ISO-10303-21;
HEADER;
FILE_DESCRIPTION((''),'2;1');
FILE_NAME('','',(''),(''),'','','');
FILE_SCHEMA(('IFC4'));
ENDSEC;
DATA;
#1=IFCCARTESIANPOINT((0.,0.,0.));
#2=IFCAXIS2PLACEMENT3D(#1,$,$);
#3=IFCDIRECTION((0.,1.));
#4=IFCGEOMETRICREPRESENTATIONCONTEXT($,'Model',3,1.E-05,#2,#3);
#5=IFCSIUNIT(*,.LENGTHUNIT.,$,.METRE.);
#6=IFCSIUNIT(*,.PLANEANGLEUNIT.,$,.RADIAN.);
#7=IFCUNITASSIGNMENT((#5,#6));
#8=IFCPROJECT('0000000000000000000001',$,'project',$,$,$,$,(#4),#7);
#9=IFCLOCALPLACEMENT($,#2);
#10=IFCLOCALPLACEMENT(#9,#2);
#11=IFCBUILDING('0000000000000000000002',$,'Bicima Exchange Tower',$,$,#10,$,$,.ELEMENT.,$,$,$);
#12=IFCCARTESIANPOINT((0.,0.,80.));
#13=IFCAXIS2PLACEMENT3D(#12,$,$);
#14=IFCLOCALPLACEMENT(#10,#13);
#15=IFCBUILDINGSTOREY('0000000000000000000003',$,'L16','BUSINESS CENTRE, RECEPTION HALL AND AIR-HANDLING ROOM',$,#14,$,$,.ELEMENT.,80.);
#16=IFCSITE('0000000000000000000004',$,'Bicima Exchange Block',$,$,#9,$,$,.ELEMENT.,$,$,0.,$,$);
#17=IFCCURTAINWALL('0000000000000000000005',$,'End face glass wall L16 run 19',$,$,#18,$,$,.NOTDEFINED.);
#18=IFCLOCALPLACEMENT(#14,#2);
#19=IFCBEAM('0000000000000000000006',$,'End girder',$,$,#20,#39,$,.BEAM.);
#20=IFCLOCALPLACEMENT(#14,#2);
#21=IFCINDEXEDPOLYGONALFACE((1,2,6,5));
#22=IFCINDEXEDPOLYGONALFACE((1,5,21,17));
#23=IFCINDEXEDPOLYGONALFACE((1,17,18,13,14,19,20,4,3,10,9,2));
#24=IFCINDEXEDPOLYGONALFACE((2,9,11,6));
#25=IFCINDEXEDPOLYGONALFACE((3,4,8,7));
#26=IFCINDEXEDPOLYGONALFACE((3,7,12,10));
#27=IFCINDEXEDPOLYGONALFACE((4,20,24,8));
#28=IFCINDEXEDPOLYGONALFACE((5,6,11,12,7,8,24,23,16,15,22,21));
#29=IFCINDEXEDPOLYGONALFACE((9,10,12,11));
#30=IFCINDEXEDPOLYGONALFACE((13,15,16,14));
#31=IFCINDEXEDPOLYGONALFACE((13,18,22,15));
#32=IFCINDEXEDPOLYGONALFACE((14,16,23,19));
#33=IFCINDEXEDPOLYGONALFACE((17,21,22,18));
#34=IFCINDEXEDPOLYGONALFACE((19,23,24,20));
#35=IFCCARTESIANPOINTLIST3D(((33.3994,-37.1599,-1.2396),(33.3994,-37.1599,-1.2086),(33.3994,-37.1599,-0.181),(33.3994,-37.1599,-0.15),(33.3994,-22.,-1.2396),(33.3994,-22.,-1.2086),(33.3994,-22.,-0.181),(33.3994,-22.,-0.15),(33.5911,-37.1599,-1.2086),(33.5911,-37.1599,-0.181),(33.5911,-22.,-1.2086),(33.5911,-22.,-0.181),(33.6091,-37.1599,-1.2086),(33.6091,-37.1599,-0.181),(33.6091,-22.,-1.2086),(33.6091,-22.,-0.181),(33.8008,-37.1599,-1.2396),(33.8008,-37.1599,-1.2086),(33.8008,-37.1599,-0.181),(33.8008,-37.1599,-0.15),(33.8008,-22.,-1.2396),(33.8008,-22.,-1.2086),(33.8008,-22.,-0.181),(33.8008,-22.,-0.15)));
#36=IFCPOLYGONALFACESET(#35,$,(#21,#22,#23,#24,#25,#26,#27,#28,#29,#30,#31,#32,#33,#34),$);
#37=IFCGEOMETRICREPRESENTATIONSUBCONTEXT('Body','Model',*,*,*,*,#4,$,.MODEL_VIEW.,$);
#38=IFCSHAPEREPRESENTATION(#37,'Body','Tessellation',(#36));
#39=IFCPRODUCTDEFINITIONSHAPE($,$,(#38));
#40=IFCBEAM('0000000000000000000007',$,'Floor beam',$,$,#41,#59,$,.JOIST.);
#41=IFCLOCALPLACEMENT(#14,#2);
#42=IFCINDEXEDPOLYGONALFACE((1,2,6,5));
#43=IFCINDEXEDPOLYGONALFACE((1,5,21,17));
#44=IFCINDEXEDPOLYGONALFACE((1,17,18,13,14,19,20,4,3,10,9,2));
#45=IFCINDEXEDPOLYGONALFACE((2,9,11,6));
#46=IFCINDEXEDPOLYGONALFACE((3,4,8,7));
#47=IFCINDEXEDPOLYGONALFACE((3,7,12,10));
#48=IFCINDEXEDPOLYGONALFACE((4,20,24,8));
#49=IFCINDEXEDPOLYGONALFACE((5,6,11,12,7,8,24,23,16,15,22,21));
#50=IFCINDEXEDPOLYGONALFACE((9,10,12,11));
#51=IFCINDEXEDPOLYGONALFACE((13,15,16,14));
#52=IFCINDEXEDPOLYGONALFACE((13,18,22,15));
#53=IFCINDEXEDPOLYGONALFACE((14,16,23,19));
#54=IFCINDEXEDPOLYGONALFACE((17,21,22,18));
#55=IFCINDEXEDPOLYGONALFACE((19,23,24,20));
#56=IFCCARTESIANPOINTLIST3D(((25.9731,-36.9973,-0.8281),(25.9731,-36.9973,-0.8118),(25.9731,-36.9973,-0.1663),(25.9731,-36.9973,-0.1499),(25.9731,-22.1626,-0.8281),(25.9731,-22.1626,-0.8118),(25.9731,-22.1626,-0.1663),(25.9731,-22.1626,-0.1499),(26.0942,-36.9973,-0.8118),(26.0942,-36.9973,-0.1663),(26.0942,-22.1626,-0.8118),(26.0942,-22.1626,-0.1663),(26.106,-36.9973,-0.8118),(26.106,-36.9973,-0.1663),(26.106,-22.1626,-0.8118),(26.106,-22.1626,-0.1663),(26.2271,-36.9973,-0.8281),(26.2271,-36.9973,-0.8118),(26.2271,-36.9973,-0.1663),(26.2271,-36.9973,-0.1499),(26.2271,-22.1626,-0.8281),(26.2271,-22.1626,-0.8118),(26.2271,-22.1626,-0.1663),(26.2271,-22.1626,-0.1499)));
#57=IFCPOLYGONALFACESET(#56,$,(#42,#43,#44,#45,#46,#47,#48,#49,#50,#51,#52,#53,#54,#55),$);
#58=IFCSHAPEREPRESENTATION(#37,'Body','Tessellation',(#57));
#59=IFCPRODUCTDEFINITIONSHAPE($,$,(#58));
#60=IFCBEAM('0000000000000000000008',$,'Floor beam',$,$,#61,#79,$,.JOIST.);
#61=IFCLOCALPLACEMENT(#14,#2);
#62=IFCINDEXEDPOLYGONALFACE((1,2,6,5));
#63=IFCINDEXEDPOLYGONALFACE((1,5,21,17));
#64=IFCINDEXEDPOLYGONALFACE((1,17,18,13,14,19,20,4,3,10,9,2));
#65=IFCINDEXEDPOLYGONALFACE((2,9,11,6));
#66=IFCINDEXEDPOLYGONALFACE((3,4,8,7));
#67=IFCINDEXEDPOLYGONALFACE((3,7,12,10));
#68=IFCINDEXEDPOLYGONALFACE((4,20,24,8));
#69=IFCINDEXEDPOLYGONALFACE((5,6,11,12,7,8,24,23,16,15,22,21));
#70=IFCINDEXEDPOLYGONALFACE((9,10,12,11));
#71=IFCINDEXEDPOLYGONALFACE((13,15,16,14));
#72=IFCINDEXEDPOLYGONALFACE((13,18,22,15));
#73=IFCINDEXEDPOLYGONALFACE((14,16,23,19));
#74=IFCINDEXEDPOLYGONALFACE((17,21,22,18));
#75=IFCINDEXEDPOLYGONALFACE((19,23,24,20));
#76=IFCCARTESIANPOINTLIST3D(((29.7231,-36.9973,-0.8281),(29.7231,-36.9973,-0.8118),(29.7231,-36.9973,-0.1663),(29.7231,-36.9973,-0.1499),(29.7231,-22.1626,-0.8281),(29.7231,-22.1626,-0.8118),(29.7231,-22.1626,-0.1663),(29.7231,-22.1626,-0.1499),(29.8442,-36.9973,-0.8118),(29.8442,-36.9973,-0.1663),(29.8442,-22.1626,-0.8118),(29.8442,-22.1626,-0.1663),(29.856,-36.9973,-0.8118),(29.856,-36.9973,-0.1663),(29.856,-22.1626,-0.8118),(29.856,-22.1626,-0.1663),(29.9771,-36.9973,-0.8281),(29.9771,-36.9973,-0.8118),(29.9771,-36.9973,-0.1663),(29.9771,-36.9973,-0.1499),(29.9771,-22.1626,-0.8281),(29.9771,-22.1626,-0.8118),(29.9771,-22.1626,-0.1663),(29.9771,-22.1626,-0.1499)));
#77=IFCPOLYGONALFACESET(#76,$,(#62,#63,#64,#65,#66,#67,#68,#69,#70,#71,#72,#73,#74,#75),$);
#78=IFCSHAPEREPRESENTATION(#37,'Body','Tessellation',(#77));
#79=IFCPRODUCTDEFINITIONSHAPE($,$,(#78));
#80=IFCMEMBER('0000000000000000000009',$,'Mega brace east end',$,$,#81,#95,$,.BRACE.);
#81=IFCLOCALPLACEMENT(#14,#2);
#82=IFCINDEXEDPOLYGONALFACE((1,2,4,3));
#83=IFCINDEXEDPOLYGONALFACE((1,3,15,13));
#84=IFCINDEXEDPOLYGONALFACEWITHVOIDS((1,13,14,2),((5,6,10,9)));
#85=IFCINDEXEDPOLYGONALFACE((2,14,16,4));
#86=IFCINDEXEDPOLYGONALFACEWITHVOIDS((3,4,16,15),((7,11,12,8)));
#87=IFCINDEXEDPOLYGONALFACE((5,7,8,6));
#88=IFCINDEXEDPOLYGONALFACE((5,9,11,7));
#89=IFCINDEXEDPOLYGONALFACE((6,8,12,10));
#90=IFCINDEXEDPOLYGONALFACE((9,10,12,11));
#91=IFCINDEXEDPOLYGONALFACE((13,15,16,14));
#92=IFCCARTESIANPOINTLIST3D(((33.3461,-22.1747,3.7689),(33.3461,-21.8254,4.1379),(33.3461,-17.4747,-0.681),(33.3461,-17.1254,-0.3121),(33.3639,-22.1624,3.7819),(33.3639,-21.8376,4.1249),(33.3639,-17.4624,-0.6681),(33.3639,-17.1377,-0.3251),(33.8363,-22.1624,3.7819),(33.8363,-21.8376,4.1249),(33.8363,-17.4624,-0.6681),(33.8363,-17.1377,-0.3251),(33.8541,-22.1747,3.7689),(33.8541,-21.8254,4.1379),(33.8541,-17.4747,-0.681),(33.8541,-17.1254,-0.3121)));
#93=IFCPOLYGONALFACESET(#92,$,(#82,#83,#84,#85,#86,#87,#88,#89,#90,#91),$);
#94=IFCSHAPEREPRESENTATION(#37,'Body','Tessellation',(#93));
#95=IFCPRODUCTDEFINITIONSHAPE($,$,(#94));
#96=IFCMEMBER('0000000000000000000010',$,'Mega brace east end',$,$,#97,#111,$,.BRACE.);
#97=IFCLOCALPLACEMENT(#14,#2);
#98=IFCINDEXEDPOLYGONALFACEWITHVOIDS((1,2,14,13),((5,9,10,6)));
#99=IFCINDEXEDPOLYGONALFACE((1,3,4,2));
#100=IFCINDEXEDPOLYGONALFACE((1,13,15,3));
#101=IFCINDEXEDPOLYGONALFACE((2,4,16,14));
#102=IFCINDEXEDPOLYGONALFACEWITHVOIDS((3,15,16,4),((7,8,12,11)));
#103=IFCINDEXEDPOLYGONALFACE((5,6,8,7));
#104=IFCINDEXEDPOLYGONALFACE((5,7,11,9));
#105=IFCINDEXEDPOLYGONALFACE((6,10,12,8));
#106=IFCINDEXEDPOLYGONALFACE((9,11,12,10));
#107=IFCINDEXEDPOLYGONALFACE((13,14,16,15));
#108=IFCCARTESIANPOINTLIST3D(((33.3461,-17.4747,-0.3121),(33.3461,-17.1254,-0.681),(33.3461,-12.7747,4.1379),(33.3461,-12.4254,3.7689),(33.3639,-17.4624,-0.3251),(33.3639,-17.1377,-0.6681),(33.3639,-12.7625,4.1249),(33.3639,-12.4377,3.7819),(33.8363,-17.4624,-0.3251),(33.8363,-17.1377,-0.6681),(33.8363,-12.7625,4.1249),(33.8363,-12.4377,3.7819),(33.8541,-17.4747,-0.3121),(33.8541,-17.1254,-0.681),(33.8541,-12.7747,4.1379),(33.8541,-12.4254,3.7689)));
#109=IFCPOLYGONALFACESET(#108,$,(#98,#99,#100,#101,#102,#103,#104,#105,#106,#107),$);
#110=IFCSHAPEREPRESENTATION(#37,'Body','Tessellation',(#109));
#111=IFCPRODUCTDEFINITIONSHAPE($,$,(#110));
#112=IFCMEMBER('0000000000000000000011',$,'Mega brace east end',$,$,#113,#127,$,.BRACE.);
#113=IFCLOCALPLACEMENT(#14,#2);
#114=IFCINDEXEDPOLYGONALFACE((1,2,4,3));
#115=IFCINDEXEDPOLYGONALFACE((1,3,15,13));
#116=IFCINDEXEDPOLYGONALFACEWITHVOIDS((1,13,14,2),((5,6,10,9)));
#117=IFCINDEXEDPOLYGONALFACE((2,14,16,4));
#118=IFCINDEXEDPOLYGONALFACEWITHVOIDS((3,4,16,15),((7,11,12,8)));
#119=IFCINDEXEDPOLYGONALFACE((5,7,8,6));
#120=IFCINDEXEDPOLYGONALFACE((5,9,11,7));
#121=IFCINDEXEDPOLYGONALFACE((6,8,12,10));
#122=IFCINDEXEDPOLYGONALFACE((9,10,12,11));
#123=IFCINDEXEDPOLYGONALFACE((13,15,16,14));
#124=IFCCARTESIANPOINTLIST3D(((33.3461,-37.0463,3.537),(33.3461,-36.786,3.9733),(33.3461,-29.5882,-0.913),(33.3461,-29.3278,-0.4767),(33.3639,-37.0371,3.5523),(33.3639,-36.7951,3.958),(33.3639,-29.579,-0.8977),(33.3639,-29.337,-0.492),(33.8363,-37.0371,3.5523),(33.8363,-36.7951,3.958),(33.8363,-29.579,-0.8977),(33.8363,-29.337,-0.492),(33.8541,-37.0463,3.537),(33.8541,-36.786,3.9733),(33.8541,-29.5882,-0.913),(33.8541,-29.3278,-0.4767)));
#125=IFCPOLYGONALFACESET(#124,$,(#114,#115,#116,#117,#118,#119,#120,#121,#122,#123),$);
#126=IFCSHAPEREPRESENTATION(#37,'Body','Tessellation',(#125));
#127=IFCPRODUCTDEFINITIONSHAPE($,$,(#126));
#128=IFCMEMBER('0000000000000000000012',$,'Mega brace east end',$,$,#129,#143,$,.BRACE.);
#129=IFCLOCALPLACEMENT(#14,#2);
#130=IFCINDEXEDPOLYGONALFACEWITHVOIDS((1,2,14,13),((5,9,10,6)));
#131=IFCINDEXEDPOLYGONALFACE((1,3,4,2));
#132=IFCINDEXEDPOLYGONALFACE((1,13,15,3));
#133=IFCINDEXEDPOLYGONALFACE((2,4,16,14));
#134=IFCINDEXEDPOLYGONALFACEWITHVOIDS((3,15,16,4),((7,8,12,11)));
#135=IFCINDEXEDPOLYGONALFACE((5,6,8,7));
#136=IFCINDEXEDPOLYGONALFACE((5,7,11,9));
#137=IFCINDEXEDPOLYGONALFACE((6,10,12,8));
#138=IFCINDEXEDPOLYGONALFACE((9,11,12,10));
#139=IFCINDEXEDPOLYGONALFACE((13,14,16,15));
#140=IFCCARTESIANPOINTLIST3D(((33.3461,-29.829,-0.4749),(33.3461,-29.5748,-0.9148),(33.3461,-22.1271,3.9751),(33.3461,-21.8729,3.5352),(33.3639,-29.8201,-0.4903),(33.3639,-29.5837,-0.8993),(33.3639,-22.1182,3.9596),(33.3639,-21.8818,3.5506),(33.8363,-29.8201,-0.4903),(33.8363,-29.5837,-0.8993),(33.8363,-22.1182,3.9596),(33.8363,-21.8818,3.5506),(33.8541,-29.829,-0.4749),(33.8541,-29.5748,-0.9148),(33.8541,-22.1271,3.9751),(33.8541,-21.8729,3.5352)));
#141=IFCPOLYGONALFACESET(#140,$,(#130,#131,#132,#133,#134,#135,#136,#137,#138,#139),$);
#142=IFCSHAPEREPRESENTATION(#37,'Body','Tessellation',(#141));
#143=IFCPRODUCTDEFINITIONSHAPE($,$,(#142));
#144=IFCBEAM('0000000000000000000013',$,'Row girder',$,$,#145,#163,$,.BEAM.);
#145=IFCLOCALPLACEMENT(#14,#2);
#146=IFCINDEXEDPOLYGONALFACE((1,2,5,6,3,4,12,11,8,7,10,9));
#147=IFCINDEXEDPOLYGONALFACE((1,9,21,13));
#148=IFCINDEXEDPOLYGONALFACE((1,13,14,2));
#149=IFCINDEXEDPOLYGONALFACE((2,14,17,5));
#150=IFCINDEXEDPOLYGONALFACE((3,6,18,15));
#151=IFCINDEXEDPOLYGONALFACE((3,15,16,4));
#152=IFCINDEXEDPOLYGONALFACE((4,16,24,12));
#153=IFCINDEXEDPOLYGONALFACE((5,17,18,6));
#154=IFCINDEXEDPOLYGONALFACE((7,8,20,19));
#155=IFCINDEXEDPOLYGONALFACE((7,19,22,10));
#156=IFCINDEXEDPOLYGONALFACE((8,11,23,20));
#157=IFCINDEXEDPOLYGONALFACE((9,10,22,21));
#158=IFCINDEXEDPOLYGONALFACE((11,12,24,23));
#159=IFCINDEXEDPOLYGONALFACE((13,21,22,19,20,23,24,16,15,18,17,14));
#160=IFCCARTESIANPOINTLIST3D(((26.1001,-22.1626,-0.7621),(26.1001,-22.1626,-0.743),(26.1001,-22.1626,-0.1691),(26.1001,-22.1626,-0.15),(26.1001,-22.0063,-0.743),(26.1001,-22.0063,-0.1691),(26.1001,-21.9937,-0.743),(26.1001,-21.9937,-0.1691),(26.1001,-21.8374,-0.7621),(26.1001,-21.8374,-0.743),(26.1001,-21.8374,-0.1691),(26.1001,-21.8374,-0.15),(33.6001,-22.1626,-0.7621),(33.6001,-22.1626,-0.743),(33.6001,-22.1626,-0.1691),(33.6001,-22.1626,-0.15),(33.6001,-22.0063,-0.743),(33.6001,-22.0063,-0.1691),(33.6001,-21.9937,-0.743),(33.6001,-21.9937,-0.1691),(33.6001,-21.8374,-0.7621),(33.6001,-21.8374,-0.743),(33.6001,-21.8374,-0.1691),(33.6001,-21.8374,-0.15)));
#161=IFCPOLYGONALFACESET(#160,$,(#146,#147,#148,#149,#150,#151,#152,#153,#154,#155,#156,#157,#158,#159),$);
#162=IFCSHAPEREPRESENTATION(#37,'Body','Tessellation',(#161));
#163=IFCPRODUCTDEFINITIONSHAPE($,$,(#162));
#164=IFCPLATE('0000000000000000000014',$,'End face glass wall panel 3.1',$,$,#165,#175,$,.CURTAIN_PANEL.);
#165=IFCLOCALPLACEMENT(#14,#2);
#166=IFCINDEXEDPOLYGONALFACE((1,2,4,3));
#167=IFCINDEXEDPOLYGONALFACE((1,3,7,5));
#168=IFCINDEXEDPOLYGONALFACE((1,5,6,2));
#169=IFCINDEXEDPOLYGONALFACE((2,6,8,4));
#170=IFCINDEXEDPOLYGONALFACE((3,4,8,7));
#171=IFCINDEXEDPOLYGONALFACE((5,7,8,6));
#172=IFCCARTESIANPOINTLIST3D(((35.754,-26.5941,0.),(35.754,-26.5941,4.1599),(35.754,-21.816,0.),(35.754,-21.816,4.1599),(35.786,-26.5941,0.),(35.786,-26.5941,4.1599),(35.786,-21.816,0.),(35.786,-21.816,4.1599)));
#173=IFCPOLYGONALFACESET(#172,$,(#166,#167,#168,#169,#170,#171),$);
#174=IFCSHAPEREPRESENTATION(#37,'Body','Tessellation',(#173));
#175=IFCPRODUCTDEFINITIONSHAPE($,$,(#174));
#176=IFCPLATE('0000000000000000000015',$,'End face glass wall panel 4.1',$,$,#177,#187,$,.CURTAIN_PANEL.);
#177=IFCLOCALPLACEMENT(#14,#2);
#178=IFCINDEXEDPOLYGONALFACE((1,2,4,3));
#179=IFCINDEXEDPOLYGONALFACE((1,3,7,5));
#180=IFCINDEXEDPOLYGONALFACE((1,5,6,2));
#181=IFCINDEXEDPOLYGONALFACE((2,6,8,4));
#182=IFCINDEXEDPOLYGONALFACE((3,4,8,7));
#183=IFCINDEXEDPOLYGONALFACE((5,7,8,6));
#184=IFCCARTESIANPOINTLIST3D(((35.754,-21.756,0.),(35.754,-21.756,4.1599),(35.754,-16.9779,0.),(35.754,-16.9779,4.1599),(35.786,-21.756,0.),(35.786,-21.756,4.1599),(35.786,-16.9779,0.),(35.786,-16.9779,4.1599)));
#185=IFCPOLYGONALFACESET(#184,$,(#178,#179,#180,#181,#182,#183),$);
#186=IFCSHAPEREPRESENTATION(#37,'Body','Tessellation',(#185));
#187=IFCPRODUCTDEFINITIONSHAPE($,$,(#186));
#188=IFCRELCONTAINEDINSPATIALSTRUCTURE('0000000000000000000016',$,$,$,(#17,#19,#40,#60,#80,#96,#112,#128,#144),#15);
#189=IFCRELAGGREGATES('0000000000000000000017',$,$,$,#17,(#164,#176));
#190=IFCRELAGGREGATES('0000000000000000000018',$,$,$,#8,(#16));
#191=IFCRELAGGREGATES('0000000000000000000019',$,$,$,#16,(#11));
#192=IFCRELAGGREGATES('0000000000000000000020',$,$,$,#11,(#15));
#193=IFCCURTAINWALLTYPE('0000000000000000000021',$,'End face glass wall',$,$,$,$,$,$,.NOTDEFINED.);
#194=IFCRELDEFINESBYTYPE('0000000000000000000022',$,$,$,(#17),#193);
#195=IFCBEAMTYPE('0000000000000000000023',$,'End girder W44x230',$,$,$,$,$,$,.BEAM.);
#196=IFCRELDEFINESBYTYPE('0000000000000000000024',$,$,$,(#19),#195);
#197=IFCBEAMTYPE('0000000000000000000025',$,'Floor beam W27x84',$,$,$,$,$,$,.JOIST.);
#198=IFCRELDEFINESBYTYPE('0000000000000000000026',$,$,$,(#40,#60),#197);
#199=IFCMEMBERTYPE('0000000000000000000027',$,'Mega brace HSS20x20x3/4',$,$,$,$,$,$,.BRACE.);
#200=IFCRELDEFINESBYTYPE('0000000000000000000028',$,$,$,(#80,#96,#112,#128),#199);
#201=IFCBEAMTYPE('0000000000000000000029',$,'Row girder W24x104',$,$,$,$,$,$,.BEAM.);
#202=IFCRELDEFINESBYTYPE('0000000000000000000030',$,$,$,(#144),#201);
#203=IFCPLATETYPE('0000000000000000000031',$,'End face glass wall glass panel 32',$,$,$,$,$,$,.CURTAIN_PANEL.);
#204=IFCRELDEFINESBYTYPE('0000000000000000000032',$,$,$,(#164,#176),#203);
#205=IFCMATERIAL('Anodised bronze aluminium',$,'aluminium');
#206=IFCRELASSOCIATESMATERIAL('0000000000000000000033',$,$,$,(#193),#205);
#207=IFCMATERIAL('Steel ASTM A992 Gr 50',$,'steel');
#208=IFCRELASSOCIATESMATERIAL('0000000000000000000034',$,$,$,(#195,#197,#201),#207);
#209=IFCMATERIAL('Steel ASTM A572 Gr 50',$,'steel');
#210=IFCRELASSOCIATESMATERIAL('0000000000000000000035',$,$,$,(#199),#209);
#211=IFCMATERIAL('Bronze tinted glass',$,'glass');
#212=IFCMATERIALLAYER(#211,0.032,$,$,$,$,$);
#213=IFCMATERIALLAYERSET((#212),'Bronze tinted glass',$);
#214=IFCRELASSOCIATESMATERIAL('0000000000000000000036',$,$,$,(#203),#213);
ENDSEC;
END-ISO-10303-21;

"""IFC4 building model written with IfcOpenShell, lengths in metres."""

from ifc_helpers import new_model, si_unit, direction, frame, origin, origin_2d, place, context, subcontext, project, spatial, rectangle, hollow_rectangle, i_section, extrude, material, layer, layer_set, material_profile, profile_set, type_object, element, aggregate, save


model = new_model("IFC4")

# Units and contexts
model_context = context("Model", 3, precision=1e-05, world=origin(), true_north=direction((0.0, 1.0)))
body_context = subcontext(model_context, "Body", "Model", "MODEL_VIEW")
ifc_project = project(units=[si_unit("LENGTHUNIT", "METRE"), si_unit("PLANEANGLEUNIT", "RADIAN")], contexts=[model_context])

# Site, building, storey
site_placement = place(None, origin())
site = spatial("IfcSite", under=ifc_project, at=site_placement, Name="Bicima Exchange Block", CompositionType="ELEMENT", RefElevation=0.0)
building_placement = place(site_placement, origin())
building = spatial("IfcBuilding", under=site, at=building_placement, Name="Bicima Exchange Tower", CompositionType="ELEMENT")
storey_placement = place(building_placement, frame((0.0, 0.0, 80.0)))
storey = spatial("IfcBuildingStorey", under=building, at=storey_placement, Name="L16", Description="BUSINESS CENTRE, RECEPTION HALL AND AIR-HANDLING ROOM", CompositionType="ELEMENT", Elevation=80.0)

# Shared definitions
ifc_material_1 = material(Name="Steel ASTM A992 Gr 50", Category="steel")

# Curtain wall
ifc_material_2 = material(Name="Anodised bronze aluminium", Category="aluminium")
curtain_wall_type = type_object("IfcCurtainWallType", Name="End face glass wall", PredefinedType="NOTDEFINED", material=ifc_material_2)
curtain_wall_placement = place(storey_placement, origin())
curtain_wall = element("IfcCurtainWall", 1, at=curtain_wall_placement, inside=storey, type_object=curtain_wall_type, Name="End face glass wall L16 run 19", PredefinedType="NOTDEFINED")

# Beams
ifc_material_profile_1 = material_profile(ifc_material_1, i_section(OverallWidth=0.4014, OverallDepth=1.0896, WebThickness=0.0181, FlangeThickness=0.031, at=origin_2d()))
ifc_profile_set_1 = profile_set([ifc_material_profile_1], Name="Steel ASTM A992 Gr 50")
beam_type_1 = type_object("IfcBeamType", Name="End girder W44x230", PredefinedType="BEAM", material=ifc_profile_set_1)
beam_1_placement = place(storey_placement, frame((33.6001, -22.0, -0.6948), z_axis=(0.0, -1.0, 0.0), x_axis=(1.0, 0.0, 0.0)))
element("IfcBeam", 2, at=beam_1_placement, inside=storey, type_object=beam_type_1, Name="End girder", PredefinedType="BEAM", context=body_context, shape_type="SweptSolid", body=[
    extrude(i_section(OverallWidth=0.4014, OverallDepth=1.0896, WebThickness=0.0181, FlangeThickness=0.031, at=origin_2d()), origin(), (0.0, 0.0, 1.0), 15.1599),
])
ifc_material_profile_2 = material_profile(ifc_material_1, i_section(OverallWidth=0.2539, OverallDepth=0.6782, WebThickness=0.0117, FlangeThickness=0.0164, at=origin_2d()))
ifc_profile_set_2 = profile_set([ifc_material_profile_2], Name="Steel ASTM A992 Gr 50")
beam_type_2 = type_object("IfcBeamType", Name="Floor beam W27x84", PredefinedType="JOIST", material=ifc_profile_set_2)
for number, where, z_axis, x_axis, name in (
    (3, (26.1001, -22.1626, -0.489), (0.0, -1.0, 0.0), (1.0, 0.0, 0.0), "Floor beam"),
    (4, (29.8501, -22.1626, -0.489), (0.0, -1.0, 0.0), (1.0, 0.0, 0.0), "Floor beam"),
):
    element("IfcBeam", number, at=place(storey_placement, frame(where, z_axis=z_axis, x_axis=x_axis)), inside=storey, type_object=beam_type_2, Name=name, PredefinedType="JOIST", context=body_context, shape_type="SweptSolid", body=[
        extrude(i_section(OverallWidth=0.2539, OverallDepth=0.6782, WebThickness=0.0117, FlangeThickness=0.0164, at=origin_2d()), origin(), (0.0, 0.0, 1.0), 14.8347),
    ])

# Members
ifc_material_3 = material(Name="Steel ASTM A572 Gr 50", Category="steel")
ifc_material_profile_3 = material_profile(ifc_material_3, hollow_rectangle(XDim=0.5081, YDim=0.5081, WallThickness=0.0178, at=origin_2d()))
ifc_profile_set_3 = profile_set([ifc_material_profile_3], Name="Steel ASTM A572 Gr 50")
member_type_1 = type_object("IfcMemberType", Name="Mega brace HSS20x20x3/4", PredefinedType="BRACE", material=ifc_profile_set_3)
for number, where, z_axis, x_axis, name in (
    (5, (33.6001, -17.3, -0.4966), (0.0, -0.726156, 0.68753), (1.0, 0.0, 0.0), "Mega brace east end"),
    (6, (33.6001, -17.3, -0.4966), (0.0, 0.726156, 0.68753), (-1.0, 0.0, 0.0), "Mega brace east end"),
):
    element("IfcMember", number, at=place(storey_placement, frame(where, z_axis=z_axis, x_axis=x_axis)), inside=storey, type_object=member_type_1, Name=name, PredefinedType="BRACE", context=body_context, shape_type="SweptSolid", body=[
        extrude(hollow_rectangle(XDim=0.5081, YDim=0.5081, WallThickness=0.0178, at=origin_2d()), origin(), (0.0, 0.0, 1.0), 6.4724),
    ])
member_1_placement = place(storey_placement, frame((33.6001, -29.458, -0.6948), z_axis=(0.0, -0.858753, 0.51239), x_axis=(1.0, 0.0, 0.0)))
element("IfcMember", 7, at=member_1_placement, inside=storey, type_object=member_type_1, Name="Mega brace east end", PredefinedType="BRACE", context=body_context, shape_type="SweptSolid", body=[
    extrude(hollow_rectangle(XDim=0.5081, YDim=0.5081, WallThickness=0.0178, at=origin_2d()), origin(), (0.0, 0.0, 1.0), 8.6848),
])
member_2_placement = place(storey_placement, frame((33.6001, -29.7019, -0.6948), z_axis=(0.0, 0.865867, 0.500274), x_axis=(-1.0, 0.0, 0.0)))
element("IfcMember", 8, at=member_2_placement, inside=storey, type_object=member_type_1, Name="Mega brace east end", PredefinedType="BRACE", context=body_context, shape_type="SweptSolid", body=[
    extrude(hollow_rectangle(XDim=0.5081, YDim=0.5081, WallThickness=0.0178, at=origin_2d()), origin(), (0.0, 0.0, 1.0), 8.895),
])

# Beam
ifc_material_profile_4 = material_profile(ifc_material_1, i_section(OverallWidth=0.3252, OverallDepth=0.6121, WebThickness=0.0127, FlangeThickness=0.019, at=origin_2d()))
ifc_profile_set_4 = profile_set([ifc_material_profile_4], Name="Steel ASTM A992 Gr 50")
beam_type_3 = type_object("IfcBeamType", Name="Row girder W24x104", PredefinedType="BEAM", material=ifc_profile_set_4)
beam_2_placement = place(storey_placement, frame((26.1001, -22.0, -0.4561), z_axis=(1.0, 0.0, 0.0), x_axis=(0.0, 1.0, 0.0)))
element("IfcBeam", 9, at=beam_2_placement, inside=storey, type_object=beam_type_3, Name="Row girder", PredefinedType="BEAM", context=body_context, shape_type="SweptSolid", body=[
    extrude(i_section(OverallWidth=0.3252, OverallDepth=0.6121, WebThickness=0.0127, FlangeThickness=0.019, at=origin_2d()), origin(), (0.0, 0.0, 1.0), 7.5),
])

# Plates
ifc_material_4 = material(Name="Bronze tinted glass", Category="glass")
ifc_layer_1 = layer(ifc_material_4, 0.032)
ifc_layer_set_1 = layer_set([ifc_layer_1], Name="Bronze tinted glass")
plate_type_1 = type_object("IfcPlateType", Name="End face glass wall glass panel 32", PredefinedType="CURTAIN_PANEL", material=ifc_layer_set_1)
plate_1_placement = place(storey_placement, frame((35.77, -24.2051, 0.0), z_axis=(0.0, 0.0, 1.0), x_axis=(0.0, 1.0, 0.0)))
plate_1 = element("IfcPlate", 10, at=plate_1_placement, type_object=plate_type_1, Name="End face glass wall panel 3.1", PredefinedType="CURTAIN_PANEL", context=body_context, shape_type="SweptSolid", body=[
    extrude(rectangle(XDim=4.7781, YDim=0.032, at=origin_2d()), origin(), (0.0, 0.0, 1.0), 4.1599),
])
plate_2_placement = place(storey_placement, frame((35.77, -19.3669, 0.0), z_axis=(0.0, 0.0, 1.0), x_axis=(0.0, 1.0, 0.0)))
plate_2 = element("IfcPlate", 11, at=plate_2_placement, type_object=plate_type_1, Name="End face glass wall panel 4.1", PredefinedType="CURTAIN_PANEL", context=body_context, shape_type="SweptSolid", body=[
    extrude(rectangle(XDim=4.7781, YDim=0.032, at=origin_2d()), origin(), (0.0, 0.0, 1.0), 4.1599),
])
aggregate(curtain_wall, [plate_1, plate_2])

save(model, "model.ifc")
